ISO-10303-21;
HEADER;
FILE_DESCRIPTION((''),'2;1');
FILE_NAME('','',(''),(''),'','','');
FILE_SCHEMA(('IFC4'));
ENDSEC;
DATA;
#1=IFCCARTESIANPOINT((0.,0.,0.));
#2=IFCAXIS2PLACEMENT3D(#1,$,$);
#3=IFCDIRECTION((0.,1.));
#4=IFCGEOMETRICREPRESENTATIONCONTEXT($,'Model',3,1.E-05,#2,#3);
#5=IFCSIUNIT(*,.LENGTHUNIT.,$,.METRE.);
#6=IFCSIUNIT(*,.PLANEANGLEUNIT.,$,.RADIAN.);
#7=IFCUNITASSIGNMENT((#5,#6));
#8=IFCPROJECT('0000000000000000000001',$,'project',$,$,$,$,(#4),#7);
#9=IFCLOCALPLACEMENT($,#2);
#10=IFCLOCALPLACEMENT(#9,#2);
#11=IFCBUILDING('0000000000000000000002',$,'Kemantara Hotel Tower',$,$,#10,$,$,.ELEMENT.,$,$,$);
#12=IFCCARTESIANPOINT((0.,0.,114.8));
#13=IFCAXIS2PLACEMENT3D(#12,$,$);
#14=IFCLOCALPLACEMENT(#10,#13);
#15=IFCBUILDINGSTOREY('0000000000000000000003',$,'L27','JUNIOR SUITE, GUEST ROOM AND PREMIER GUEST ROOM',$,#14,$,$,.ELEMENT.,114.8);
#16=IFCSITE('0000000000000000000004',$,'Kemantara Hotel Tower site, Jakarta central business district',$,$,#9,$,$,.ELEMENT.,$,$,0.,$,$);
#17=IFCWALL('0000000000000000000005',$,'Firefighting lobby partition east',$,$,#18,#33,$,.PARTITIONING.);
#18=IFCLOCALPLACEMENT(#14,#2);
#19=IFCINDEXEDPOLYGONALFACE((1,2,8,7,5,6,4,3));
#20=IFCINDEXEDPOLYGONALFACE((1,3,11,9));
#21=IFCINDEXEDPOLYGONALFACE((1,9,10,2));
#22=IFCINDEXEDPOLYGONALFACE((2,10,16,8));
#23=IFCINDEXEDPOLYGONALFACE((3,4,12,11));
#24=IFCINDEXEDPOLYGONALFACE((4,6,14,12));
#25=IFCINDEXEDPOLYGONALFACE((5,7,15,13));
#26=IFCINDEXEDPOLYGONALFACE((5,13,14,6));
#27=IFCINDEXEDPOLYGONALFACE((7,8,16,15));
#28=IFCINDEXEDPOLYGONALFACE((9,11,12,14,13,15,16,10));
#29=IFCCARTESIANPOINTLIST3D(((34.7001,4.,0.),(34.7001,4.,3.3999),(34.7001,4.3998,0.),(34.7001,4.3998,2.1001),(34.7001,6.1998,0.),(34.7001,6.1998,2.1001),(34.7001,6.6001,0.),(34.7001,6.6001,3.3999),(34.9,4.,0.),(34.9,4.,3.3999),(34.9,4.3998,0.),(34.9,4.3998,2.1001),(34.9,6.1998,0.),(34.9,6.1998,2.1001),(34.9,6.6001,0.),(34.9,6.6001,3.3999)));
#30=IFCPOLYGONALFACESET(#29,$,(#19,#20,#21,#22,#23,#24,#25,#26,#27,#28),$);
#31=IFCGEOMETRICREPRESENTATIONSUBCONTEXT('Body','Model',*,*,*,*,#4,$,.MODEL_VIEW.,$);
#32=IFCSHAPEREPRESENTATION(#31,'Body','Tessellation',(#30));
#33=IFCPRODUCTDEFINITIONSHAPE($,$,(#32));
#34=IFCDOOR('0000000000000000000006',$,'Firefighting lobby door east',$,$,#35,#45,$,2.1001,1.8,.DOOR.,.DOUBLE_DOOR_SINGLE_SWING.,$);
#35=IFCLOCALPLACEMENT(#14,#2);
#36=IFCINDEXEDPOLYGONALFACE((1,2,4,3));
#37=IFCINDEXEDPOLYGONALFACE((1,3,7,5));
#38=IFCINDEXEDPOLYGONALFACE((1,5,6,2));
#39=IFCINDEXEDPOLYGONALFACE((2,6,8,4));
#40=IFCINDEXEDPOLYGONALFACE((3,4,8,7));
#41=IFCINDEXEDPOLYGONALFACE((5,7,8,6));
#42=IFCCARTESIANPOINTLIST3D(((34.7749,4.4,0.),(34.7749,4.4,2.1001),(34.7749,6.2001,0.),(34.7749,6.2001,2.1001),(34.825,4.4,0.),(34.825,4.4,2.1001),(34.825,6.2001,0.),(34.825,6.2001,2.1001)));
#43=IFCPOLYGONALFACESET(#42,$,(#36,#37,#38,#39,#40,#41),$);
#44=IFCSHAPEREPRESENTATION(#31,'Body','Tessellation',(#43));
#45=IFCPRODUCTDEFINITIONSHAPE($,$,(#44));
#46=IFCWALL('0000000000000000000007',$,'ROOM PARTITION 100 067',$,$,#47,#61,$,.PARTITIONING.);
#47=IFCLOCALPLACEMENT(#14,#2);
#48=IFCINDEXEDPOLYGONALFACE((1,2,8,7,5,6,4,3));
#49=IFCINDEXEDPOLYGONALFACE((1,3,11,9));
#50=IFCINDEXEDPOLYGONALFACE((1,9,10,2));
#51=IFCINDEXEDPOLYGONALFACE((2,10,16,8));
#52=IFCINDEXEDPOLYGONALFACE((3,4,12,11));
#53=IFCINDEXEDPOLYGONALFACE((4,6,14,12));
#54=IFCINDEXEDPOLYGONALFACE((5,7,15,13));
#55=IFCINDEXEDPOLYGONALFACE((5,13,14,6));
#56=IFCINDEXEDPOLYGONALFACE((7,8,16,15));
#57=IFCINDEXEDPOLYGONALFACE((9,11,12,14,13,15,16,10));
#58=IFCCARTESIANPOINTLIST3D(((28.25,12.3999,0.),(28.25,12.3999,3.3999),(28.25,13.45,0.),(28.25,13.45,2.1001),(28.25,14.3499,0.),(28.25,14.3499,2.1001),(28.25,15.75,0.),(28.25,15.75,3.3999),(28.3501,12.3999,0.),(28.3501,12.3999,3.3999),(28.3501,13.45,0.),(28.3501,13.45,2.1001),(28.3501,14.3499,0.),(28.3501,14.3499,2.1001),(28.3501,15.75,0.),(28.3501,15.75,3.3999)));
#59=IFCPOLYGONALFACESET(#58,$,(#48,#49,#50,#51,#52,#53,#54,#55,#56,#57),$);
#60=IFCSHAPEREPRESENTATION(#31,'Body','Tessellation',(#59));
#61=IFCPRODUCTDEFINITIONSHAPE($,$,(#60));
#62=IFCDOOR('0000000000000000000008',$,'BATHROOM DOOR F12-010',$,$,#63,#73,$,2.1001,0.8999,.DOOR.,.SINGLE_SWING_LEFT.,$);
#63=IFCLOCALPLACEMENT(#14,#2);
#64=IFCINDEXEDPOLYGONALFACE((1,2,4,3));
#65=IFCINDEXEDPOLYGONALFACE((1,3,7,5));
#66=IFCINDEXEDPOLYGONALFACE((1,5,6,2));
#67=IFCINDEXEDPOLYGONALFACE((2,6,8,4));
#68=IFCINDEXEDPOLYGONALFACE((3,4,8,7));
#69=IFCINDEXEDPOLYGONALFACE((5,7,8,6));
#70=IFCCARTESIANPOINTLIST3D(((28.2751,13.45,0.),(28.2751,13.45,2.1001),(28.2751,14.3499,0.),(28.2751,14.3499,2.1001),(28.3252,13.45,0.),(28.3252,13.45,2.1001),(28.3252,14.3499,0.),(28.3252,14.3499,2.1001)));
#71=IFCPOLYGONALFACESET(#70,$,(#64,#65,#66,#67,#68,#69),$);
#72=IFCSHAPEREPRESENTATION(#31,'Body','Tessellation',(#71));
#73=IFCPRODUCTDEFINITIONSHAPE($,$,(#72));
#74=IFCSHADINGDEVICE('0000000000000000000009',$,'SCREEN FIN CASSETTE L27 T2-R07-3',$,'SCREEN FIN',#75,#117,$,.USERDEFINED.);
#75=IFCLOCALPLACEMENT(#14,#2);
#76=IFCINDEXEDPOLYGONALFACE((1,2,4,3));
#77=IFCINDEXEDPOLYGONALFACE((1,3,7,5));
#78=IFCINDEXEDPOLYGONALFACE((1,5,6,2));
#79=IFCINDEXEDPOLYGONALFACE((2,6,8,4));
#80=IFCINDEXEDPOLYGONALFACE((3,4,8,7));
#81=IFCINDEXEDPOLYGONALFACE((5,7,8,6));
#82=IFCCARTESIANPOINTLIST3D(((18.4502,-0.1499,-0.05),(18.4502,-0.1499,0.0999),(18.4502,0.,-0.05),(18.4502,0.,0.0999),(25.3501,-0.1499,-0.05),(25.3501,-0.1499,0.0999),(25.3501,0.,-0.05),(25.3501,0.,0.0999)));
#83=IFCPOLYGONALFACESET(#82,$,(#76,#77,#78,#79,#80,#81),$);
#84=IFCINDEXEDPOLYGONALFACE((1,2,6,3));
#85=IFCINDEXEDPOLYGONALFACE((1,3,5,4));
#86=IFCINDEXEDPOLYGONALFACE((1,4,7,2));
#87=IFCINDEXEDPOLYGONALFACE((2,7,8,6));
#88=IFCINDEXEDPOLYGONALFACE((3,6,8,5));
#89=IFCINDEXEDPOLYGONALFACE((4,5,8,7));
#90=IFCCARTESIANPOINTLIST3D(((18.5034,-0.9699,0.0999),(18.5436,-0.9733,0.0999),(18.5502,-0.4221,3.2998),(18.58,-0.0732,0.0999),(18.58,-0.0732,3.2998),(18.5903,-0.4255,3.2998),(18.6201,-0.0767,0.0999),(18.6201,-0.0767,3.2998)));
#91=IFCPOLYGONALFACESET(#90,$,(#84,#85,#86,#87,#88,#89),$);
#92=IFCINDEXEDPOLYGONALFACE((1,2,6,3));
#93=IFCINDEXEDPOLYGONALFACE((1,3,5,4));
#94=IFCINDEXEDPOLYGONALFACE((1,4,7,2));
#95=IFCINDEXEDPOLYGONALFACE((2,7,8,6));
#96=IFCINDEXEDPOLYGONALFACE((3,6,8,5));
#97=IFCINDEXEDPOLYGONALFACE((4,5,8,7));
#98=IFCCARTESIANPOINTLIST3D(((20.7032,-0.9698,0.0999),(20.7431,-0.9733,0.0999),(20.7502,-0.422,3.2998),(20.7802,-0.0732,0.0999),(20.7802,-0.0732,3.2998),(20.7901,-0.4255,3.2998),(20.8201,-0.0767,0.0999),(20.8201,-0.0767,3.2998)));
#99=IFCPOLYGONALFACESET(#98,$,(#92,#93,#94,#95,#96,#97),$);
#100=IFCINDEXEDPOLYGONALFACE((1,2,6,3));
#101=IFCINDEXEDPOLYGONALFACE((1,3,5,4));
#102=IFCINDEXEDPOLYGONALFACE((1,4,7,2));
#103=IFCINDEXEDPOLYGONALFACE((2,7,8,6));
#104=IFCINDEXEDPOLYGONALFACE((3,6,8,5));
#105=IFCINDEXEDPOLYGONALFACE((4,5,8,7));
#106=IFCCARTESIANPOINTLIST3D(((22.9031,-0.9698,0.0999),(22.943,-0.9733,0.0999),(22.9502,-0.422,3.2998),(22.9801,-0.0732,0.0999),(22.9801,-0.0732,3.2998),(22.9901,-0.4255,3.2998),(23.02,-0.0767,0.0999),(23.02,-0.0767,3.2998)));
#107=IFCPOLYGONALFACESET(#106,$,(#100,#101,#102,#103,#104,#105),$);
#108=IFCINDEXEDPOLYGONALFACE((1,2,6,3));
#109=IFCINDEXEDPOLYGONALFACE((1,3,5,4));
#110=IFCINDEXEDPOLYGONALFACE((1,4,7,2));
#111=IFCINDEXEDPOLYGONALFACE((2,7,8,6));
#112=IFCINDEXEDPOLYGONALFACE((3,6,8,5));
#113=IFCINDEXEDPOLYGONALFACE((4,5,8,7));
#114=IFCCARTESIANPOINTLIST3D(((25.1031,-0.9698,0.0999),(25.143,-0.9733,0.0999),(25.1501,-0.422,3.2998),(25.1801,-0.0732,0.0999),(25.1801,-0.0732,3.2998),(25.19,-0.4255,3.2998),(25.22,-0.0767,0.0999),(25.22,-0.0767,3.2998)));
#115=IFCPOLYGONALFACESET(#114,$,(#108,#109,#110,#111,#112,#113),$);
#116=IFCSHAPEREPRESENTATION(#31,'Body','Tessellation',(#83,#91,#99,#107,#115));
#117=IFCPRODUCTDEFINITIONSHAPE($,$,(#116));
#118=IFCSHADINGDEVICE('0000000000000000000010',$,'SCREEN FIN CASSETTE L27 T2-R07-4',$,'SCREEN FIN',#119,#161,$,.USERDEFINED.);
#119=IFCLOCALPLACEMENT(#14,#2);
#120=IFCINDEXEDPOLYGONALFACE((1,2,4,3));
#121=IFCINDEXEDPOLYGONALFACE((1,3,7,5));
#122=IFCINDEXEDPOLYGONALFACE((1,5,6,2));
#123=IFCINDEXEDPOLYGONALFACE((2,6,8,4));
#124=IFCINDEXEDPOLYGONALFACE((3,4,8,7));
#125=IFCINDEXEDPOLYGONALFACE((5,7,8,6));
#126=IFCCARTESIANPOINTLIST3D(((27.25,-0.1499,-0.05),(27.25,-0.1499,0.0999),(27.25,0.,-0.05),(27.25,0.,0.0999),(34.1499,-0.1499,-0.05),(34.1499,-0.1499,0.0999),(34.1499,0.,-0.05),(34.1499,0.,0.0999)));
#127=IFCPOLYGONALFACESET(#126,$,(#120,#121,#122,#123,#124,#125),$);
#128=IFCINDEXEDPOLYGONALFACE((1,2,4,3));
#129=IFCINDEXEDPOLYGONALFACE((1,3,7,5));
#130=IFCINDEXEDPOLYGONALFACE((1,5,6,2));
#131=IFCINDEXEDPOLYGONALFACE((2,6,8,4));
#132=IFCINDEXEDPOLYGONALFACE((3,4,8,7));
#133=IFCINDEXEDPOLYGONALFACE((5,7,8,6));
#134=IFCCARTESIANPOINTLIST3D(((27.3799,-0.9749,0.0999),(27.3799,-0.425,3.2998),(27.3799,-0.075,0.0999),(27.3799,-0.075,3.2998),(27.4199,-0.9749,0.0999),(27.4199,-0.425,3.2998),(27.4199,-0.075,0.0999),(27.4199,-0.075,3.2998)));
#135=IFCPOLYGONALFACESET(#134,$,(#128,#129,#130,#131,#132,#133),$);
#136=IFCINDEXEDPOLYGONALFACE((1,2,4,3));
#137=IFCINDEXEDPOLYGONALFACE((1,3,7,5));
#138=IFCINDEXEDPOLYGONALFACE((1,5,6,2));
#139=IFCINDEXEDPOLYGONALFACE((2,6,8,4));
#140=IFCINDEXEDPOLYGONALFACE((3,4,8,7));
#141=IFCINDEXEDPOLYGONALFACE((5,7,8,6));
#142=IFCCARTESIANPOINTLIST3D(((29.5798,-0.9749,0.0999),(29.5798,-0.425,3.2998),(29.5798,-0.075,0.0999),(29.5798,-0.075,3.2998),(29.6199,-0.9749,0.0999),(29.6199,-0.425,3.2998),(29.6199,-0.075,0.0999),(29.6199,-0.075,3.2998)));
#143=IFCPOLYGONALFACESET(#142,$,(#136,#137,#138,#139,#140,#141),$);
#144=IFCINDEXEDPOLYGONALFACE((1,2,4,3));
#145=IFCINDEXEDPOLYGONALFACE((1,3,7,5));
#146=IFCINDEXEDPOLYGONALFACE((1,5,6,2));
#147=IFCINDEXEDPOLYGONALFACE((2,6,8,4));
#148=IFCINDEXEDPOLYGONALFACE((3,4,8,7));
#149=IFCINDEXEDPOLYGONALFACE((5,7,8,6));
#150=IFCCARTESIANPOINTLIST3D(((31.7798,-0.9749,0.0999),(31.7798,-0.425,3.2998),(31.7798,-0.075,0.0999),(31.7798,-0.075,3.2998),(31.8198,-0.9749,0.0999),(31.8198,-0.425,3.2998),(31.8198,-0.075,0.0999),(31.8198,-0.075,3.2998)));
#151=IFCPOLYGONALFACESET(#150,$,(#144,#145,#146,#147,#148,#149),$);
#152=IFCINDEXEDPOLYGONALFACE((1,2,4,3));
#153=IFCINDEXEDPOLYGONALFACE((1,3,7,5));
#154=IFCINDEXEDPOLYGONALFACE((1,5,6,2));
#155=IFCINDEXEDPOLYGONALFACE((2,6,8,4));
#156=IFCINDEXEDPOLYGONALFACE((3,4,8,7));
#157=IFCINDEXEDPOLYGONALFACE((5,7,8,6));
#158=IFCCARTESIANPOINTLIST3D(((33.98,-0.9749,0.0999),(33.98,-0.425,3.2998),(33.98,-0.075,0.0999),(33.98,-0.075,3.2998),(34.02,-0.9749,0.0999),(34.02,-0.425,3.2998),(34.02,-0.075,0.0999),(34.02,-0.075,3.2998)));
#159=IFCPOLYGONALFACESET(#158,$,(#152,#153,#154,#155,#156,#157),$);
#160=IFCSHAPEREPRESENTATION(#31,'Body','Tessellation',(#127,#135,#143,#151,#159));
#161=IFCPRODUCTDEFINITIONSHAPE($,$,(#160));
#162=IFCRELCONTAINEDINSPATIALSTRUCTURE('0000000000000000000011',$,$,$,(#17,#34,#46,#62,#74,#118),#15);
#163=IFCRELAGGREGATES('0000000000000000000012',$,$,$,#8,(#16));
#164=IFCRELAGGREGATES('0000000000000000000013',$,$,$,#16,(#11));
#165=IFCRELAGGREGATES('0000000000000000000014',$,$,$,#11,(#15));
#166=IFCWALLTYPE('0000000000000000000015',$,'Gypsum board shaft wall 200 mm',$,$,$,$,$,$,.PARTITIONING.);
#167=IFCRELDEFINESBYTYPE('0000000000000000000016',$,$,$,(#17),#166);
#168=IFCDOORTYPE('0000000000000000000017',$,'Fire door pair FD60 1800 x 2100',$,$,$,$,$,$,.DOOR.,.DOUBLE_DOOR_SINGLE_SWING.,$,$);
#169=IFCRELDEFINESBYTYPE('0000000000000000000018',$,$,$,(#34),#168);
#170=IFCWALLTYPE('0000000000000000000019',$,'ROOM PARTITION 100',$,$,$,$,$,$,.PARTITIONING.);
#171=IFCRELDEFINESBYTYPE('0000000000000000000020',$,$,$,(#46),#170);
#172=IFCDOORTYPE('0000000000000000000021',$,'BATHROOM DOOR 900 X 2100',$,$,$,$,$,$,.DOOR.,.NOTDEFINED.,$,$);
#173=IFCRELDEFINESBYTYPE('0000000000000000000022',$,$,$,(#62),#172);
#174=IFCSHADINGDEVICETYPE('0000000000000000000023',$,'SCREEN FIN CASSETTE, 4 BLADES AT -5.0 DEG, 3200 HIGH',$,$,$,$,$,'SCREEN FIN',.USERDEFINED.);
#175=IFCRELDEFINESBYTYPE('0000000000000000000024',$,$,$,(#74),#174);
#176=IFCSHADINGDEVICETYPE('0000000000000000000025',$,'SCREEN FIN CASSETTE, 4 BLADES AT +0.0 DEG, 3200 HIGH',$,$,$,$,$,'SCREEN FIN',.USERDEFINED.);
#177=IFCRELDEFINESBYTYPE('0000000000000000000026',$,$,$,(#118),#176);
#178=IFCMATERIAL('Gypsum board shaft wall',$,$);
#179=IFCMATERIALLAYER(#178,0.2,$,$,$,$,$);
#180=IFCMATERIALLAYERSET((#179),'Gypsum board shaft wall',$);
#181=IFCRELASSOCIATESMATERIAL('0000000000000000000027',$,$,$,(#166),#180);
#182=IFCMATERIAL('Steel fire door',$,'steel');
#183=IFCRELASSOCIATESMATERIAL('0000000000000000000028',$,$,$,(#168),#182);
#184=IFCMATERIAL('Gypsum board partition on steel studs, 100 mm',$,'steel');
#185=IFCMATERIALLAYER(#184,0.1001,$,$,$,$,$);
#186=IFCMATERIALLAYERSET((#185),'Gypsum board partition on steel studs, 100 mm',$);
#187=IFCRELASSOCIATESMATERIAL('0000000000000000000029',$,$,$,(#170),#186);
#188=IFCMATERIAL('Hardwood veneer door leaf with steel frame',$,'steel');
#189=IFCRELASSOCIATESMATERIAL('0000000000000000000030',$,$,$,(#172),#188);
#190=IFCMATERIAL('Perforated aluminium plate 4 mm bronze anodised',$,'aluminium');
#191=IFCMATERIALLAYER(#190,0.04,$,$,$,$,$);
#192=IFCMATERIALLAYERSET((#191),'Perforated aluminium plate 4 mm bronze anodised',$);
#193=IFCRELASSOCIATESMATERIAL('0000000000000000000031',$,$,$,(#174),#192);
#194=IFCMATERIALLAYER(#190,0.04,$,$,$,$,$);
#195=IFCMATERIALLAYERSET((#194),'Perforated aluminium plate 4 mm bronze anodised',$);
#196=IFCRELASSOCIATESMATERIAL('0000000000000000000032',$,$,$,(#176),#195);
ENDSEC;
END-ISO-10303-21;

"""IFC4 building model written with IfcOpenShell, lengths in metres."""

from ifc_helpers import new_model, si_unit, direction, frame, frame_2d, origin, origin_2d, place, context, subcontext, project, spatial, polyline, rectangle, outline, extrude, source, transform, mapped, material, layer, layer_set, type_object, element, fill, save


model = new_model("IFC4")

# Units and contexts
model_context = context("Model", 3, precision=1e-05, world=origin(), true_north=direction((0.0, 1.0)))
body_context = subcontext(model_context, "Body", "Model", "MODEL_VIEW")
ifc_project = project(units=[si_unit("LENGTHUNIT", "METRE"), si_unit("PLANEANGLEUNIT", "RADIAN")], contexts=[model_context])

# Site, building, storey
site_placement = place(None, origin())
site = spatial("IfcSite", under=ifc_project, at=site_placement, Name="Kemantara Hotel Tower site, Jakarta central business district", CompositionType="ELEMENT", RefElevation=0.0)
building_placement = place(site_placement, origin())
building = spatial("IfcBuilding", under=site, at=building_placement, Name="Kemantara Hotel Tower", CompositionType="ELEMENT")
storey_placement = place(building_placement, frame((0.0, 0.0, 114.8)))
storey = spatial("IfcBuildingStorey", under=building, at=storey_placement, Name="L27", Description="JUNIOR SUITE, GUEST ROOM AND PREMIER GUEST ROOM", CompositionType="ELEMENT", Elevation=114.8)

# Shared definitions
ifc_material_1 = material(Name="Steel fire door", Category="steel")

# Shared definitions
ifc_material_2 = material(Name="Hardwood veneer door leaf with steel frame", Category="steel")

# Walls, openings, doors
ifc_material_3 = material(Name="Gypsum board shaft wall")
ifc_layer_1 = layer(ifc_material_3, 0.2)
ifc_layer_set_1 = layer_set([ifc_layer_1], Name="Gypsum board shaft wall")
wall_type_1 = type_object("IfcWallType", Name="Gypsum board shaft wall 200 mm", PredefinedType="PARTITIONING", material=ifc_layer_set_1)
door_type_1 = type_object("IfcDoorType", Name="Fire door pair FD60 1800 x 2100", OperationType="DOUBLE_DOOR_SINGLE_SWING", PredefinedType="DOOR", material=ifc_material_1)
wall_1_placement = place(storey_placement, frame((34.8, 4.0, 0.0), z_axis=(0.0, 0.0, 1.0), x_axis=(0.0, 1.0, 0.0)))
wall_1 = element("IfcWall", 1, at=wall_1_placement, inside=storey, type_object=wall_type_1, Name="Firefighting lobby partition east", PredefinedType="PARTITIONING", context=body_context, shape_type="SweptSolid", body=[
    extrude(rectangle(XDim=2.6001, YDim=0.2, at=frame_2d((1.3, 0.0))), origin(), (0.0, 0.0, 1.0), 3.3999),
])
opening_1_placement = place(wall_1_placement, frame((0.3999, 0.0, 0.0)))
opening_1 = element("IfcOpeningElement", 2, at=opening_1_placement, cuts=wall_1, PredefinedType="OPENING", context=body_context, shape_type="SweptSolid", body=[
    extrude(rectangle(XDim=1.8, YDim=2.1001, at=frame_2d((0.8999, 1.05))), frame((0.0, 0.1099, 0.0), z_axis=(0.0, -1.0, 0.0), x_axis=(1.0, 0.0, 0.0)), (0.0, 0.0, 1.0), 0.22),
])
door_1_placement = place(opening_1_placement, frame((1.8, 0.0, 0.0), z_axis=(0.0, 0.0, 1.0), x_axis=(-1.0, 0.0, 0.0)))
door_1 = element("IfcDoor", 3, at=door_1_placement, inside=storey, type_object=door_type_1, Name="Firefighting lobby door east", OperationType="DOUBLE_DOOR_SINGLE_SWING", OverallHeight=2.1001, OverallWidth=1.8, PredefinedType="DOOR", context=body_context, shape_type="SweptSolid", body=[
    extrude(rectangle(XDim=1.8, YDim=2.1001, at=frame_2d((0.8999, 1.05))), frame((0.0, 0.0249, 0.0), z_axis=(0.0, -1.0, 0.0), x_axis=(1.0, 0.0, 0.0)), (0.0, 0.0, 1.0), 0.05),
])
fill(opening_1, door_1)
ifc_material_4 = material(Name="Gypsum board partition on steel studs, 100 mm", Category="steel")
ifc_layer_2 = layer(ifc_material_4, 0.1001)
ifc_layer_set_2 = layer_set([ifc_layer_2], Name="Gypsum board partition on steel studs, 100 mm")
wall_type_2 = type_object("IfcWallType", Name="ROOM PARTITION 100", PredefinedType="PARTITIONING", material=ifc_layer_set_2)
wall_2_placement = place(storey_placement, frame((28.3, 12.3999, 0.0), z_axis=(0.0, 0.0, 1.0), x_axis=(0.0, 1.0, 0.0)))
wall_2 = element("IfcWall", 4, at=wall_2_placement, inside=storey, type_object=wall_type_2, Name="ROOM PARTITION 100 067", PredefinedType="PARTITIONING", context=body_context, shape_type="SweptSolid", body=[
    extrude(rectangle(XDim=3.3501, YDim=0.1001, at=frame_2d((1.675, 0.0))), origin(), (0.0, 0.0, 1.0), 3.3999),
])
opening_2_placement = place(wall_2_placement, frame((1.05, 0.0, 0.0)))
opening_2 = element("IfcOpeningElement", 5, at=opening_2_placement, cuts=wall_2, PredefinedType="OPENING", context=body_context, shape_type="SweptSolid", body=[
    extrude(rectangle(XDim=0.8999, YDim=2.1001, at=frame_2d((0.45, 1.05))), frame((0.0, 0.0601, 0.0), z_axis=(0.0, -1.0, 0.0), x_axis=(1.0, 0.0, 0.0)), (0.0, 0.0, 1.0), 0.1201),
])
door_type_2 = type_object("IfcDoorType", Name="BATHROOM DOOR 900 X 2100", OperationType="NOTDEFINED", PredefinedType="DOOR", material=ifc_material_2)
door_2_placement = place(opening_2_placement, origin())
door_2 = element("IfcDoor", 6, at=door_2_placement, inside=storey, type_object=door_type_2, Name="BATHROOM DOOR F12-010", OperationType="SINGLE_SWING_LEFT", OverallHeight=2.1001, OverallWidth=0.8999, PredefinedType="DOOR", context=body_context, shape_type="SweptSolid", body=[
    extrude(rectangle(XDim=0.8999, YDim=2.1001, at=frame_2d((0.45, 1.05))), frame((0.0, 0.0249, 0.0), z_axis=(0.0, -1.0, 0.0), x_axis=(1.0, 0.0, 0.0)), (0.0, 0.0, 1.0), 0.05),
])
fill(opening_2, door_2)

# Shading devices
ifc_material_5 = material(Name="Perforated aluminium plate 4 mm bronze anodised", Category="aluminium")
ifc_layer_3 = layer(ifc_material_5, 0.04)
ifc_layer_set_3 = layer_set([ifc_layer_3], Name="Perforated aluminium plate 4 mm bronze anodised")
shading_device_type_1 = type_object("IfcShadingDeviceType", Name="SCREEN FIN CASSETTE, 4 BLADES AT -5.0 DEG, 3200 HIGH", ElementType="SCREEN FIN", PredefinedType="USERDEFINED", material=ifc_layer_set_3)
shared_shape_1 = source(origin(), body_context, "Body", "SweptSolid", [
    extrude(rectangle(XDim=6.8999, YDim=0.1499, at=origin_2d()), frame((3.3, -0.075, -0.1499), z_axis=(0.0, 0.0, 1.0), x_axis=(1.0, 0.0, 0.0)), (0.0, 0.0, 1.0), 0.1499),
    extrude(outline(polyline([(0.0, 0.0), (0.8999, 0.0), (0.3501, 3.2), (0.0, 3.2), (0.0, 0.0)])), frame((0.02, -0.0767, 0.0), z_axis=(-0.996376, 0.085056, 0.0), x_axis=(-0.085056, -0.996376, 0.0)), (0.0, 0.0, 1.0), 0.0403),
    extrude(outline(polyline([(0.0, 0.0), (0.8999, 0.0), (0.3501, 3.2), (0.0, 3.2), (0.0, 0.0)])), frame((2.22, -0.0767, 0.0), z_axis=(-0.996332, 0.085575, 0.0), x_axis=(-0.085575, -0.996332, 0.0)), (0.0, 0.0, 1.0), 0.04),
    extrude(outline(polyline([(0.0, 0.0), (0.8999, 0.0), (0.3501, 3.2), (0.0, 3.2), (0.0, 0.0)])), frame((4.4199, -0.0767, 0.0), z_axis=(-0.996332, 0.085575, 0.0), x_axis=(-0.085575, -0.996332, 0.0)), (0.0, 0.0, 1.0), 0.04),
    extrude(outline(polyline([(0.0, 0.0), (0.8999, 0.0), (0.3501, 3.2), (0.0, 3.2), (0.0, 0.0)])), frame((6.6199, -0.0767, 0.0), z_axis=(-0.996332, 0.085575, 0.0), x_axis=(-0.085575, -0.996332, 0.0)), (0.0, 0.0, 1.0), 0.04),
])
shading_device_1_placement = place(storey_placement, frame((18.6001, 0.0, 0.0999), z_axis=(0.0, 0.0, 1.0), x_axis=(1.0, 0.0, 0.0)))
element("IfcShadingDevice", 7, at=shading_device_1_placement, inside=storey, type_object=shading_device_type_1, Name="SCREEN FIN CASSETTE L27 T2-R07-3", ObjectType="SCREEN FIN", PredefinedType="USERDEFINED", context=body_context, shape_type="MappedRepresentation", body=[
    mapped(shared_shape_1, transform((0.0, 0.0, 0.0))),
])
ifc_layer_4 = layer(ifc_material_5, 0.04)
ifc_layer_set_4 = layer_set([ifc_layer_4], Name="Perforated aluminium plate 4 mm bronze anodised")
shading_device_type_2 = type_object("IfcShadingDeviceType", Name="SCREEN FIN CASSETTE, 4 BLADES AT +0.0 DEG, 3200 HIGH", ElementType="SCREEN FIN", PredefinedType="USERDEFINED", material=ifc_layer_set_4)
shared_shape_2 = source(origin(), body_context, "Body", "SweptSolid", [
    extrude(rectangle(XDim=6.8999, YDim=0.1499, at=origin_2d()), frame((3.3, -0.075, -0.1499), z_axis=(0.0, 0.0, 1.0), x_axis=(1.0, 0.0, 0.0)), (0.0, 0.0, 1.0), 0.1499),
    extrude(outline(polyline([(0.0, 0.0), (0.8999, 0.0), (0.3501, 3.2), (0.0, 3.2), (0.0, 0.0)])), frame((0.02, -0.075, 0.0), z_axis=(-1.0, 0.0, 0.0), x_axis=(0.0, -1.0, 0.0)), (0.0, 0.0, 1.0), 0.04),
    extrude(outline(polyline([(0.0, 0.0), (0.8999, 0.0), (0.3501, 3.2), (0.0, 3.2), (0.0, 0.0)])), frame((2.22, -0.075, 0.0), z_axis=(-1.0, 0.0, 0.0), x_axis=(0.0, -1.0, 0.0)), (0.0, 0.0, 1.0), 0.04),
    extrude(outline(polyline([(0.0, 0.0), (0.8999, 0.0), (0.3501, 3.2), (0.0, 3.2), (0.0, 0.0)])), frame((4.4199, -0.075, 0.0), z_axis=(-1.0, 0.0, 0.0), x_axis=(0.0, -1.0, 0.0)), (0.0, 0.0, 1.0), 0.04),
    extrude(outline(polyline([(0.0, 0.0), (0.8999, 0.0), (0.3501, 3.2), (0.0, 3.2), (0.0, 0.0)])), frame((6.6201, -0.075, 0.0), z_axis=(-1.0, 0.0, 0.0), x_axis=(0.0, -1.0, 0.0)), (0.0, 0.0, 1.0), 0.04),
])
shading_device_2_placement = place(storey_placement, frame((27.3999, 0.0, 0.0999), z_axis=(0.0, 0.0, 1.0), x_axis=(1.0, 0.0, 0.0)))
element("IfcShadingDevice", 8, at=shading_device_2_placement, inside=storey, type_object=shading_device_type_2, Name="SCREEN FIN CASSETTE L27 T2-R07-4", ObjectType="SCREEN FIN", PredefinedType="USERDEFINED", context=body_context, shape_type="MappedRepresentation", body=[
    mapped(shared_shape_2, transform((0.0, 0.0, 0.0))),
])

save(model, "model.ifc")
